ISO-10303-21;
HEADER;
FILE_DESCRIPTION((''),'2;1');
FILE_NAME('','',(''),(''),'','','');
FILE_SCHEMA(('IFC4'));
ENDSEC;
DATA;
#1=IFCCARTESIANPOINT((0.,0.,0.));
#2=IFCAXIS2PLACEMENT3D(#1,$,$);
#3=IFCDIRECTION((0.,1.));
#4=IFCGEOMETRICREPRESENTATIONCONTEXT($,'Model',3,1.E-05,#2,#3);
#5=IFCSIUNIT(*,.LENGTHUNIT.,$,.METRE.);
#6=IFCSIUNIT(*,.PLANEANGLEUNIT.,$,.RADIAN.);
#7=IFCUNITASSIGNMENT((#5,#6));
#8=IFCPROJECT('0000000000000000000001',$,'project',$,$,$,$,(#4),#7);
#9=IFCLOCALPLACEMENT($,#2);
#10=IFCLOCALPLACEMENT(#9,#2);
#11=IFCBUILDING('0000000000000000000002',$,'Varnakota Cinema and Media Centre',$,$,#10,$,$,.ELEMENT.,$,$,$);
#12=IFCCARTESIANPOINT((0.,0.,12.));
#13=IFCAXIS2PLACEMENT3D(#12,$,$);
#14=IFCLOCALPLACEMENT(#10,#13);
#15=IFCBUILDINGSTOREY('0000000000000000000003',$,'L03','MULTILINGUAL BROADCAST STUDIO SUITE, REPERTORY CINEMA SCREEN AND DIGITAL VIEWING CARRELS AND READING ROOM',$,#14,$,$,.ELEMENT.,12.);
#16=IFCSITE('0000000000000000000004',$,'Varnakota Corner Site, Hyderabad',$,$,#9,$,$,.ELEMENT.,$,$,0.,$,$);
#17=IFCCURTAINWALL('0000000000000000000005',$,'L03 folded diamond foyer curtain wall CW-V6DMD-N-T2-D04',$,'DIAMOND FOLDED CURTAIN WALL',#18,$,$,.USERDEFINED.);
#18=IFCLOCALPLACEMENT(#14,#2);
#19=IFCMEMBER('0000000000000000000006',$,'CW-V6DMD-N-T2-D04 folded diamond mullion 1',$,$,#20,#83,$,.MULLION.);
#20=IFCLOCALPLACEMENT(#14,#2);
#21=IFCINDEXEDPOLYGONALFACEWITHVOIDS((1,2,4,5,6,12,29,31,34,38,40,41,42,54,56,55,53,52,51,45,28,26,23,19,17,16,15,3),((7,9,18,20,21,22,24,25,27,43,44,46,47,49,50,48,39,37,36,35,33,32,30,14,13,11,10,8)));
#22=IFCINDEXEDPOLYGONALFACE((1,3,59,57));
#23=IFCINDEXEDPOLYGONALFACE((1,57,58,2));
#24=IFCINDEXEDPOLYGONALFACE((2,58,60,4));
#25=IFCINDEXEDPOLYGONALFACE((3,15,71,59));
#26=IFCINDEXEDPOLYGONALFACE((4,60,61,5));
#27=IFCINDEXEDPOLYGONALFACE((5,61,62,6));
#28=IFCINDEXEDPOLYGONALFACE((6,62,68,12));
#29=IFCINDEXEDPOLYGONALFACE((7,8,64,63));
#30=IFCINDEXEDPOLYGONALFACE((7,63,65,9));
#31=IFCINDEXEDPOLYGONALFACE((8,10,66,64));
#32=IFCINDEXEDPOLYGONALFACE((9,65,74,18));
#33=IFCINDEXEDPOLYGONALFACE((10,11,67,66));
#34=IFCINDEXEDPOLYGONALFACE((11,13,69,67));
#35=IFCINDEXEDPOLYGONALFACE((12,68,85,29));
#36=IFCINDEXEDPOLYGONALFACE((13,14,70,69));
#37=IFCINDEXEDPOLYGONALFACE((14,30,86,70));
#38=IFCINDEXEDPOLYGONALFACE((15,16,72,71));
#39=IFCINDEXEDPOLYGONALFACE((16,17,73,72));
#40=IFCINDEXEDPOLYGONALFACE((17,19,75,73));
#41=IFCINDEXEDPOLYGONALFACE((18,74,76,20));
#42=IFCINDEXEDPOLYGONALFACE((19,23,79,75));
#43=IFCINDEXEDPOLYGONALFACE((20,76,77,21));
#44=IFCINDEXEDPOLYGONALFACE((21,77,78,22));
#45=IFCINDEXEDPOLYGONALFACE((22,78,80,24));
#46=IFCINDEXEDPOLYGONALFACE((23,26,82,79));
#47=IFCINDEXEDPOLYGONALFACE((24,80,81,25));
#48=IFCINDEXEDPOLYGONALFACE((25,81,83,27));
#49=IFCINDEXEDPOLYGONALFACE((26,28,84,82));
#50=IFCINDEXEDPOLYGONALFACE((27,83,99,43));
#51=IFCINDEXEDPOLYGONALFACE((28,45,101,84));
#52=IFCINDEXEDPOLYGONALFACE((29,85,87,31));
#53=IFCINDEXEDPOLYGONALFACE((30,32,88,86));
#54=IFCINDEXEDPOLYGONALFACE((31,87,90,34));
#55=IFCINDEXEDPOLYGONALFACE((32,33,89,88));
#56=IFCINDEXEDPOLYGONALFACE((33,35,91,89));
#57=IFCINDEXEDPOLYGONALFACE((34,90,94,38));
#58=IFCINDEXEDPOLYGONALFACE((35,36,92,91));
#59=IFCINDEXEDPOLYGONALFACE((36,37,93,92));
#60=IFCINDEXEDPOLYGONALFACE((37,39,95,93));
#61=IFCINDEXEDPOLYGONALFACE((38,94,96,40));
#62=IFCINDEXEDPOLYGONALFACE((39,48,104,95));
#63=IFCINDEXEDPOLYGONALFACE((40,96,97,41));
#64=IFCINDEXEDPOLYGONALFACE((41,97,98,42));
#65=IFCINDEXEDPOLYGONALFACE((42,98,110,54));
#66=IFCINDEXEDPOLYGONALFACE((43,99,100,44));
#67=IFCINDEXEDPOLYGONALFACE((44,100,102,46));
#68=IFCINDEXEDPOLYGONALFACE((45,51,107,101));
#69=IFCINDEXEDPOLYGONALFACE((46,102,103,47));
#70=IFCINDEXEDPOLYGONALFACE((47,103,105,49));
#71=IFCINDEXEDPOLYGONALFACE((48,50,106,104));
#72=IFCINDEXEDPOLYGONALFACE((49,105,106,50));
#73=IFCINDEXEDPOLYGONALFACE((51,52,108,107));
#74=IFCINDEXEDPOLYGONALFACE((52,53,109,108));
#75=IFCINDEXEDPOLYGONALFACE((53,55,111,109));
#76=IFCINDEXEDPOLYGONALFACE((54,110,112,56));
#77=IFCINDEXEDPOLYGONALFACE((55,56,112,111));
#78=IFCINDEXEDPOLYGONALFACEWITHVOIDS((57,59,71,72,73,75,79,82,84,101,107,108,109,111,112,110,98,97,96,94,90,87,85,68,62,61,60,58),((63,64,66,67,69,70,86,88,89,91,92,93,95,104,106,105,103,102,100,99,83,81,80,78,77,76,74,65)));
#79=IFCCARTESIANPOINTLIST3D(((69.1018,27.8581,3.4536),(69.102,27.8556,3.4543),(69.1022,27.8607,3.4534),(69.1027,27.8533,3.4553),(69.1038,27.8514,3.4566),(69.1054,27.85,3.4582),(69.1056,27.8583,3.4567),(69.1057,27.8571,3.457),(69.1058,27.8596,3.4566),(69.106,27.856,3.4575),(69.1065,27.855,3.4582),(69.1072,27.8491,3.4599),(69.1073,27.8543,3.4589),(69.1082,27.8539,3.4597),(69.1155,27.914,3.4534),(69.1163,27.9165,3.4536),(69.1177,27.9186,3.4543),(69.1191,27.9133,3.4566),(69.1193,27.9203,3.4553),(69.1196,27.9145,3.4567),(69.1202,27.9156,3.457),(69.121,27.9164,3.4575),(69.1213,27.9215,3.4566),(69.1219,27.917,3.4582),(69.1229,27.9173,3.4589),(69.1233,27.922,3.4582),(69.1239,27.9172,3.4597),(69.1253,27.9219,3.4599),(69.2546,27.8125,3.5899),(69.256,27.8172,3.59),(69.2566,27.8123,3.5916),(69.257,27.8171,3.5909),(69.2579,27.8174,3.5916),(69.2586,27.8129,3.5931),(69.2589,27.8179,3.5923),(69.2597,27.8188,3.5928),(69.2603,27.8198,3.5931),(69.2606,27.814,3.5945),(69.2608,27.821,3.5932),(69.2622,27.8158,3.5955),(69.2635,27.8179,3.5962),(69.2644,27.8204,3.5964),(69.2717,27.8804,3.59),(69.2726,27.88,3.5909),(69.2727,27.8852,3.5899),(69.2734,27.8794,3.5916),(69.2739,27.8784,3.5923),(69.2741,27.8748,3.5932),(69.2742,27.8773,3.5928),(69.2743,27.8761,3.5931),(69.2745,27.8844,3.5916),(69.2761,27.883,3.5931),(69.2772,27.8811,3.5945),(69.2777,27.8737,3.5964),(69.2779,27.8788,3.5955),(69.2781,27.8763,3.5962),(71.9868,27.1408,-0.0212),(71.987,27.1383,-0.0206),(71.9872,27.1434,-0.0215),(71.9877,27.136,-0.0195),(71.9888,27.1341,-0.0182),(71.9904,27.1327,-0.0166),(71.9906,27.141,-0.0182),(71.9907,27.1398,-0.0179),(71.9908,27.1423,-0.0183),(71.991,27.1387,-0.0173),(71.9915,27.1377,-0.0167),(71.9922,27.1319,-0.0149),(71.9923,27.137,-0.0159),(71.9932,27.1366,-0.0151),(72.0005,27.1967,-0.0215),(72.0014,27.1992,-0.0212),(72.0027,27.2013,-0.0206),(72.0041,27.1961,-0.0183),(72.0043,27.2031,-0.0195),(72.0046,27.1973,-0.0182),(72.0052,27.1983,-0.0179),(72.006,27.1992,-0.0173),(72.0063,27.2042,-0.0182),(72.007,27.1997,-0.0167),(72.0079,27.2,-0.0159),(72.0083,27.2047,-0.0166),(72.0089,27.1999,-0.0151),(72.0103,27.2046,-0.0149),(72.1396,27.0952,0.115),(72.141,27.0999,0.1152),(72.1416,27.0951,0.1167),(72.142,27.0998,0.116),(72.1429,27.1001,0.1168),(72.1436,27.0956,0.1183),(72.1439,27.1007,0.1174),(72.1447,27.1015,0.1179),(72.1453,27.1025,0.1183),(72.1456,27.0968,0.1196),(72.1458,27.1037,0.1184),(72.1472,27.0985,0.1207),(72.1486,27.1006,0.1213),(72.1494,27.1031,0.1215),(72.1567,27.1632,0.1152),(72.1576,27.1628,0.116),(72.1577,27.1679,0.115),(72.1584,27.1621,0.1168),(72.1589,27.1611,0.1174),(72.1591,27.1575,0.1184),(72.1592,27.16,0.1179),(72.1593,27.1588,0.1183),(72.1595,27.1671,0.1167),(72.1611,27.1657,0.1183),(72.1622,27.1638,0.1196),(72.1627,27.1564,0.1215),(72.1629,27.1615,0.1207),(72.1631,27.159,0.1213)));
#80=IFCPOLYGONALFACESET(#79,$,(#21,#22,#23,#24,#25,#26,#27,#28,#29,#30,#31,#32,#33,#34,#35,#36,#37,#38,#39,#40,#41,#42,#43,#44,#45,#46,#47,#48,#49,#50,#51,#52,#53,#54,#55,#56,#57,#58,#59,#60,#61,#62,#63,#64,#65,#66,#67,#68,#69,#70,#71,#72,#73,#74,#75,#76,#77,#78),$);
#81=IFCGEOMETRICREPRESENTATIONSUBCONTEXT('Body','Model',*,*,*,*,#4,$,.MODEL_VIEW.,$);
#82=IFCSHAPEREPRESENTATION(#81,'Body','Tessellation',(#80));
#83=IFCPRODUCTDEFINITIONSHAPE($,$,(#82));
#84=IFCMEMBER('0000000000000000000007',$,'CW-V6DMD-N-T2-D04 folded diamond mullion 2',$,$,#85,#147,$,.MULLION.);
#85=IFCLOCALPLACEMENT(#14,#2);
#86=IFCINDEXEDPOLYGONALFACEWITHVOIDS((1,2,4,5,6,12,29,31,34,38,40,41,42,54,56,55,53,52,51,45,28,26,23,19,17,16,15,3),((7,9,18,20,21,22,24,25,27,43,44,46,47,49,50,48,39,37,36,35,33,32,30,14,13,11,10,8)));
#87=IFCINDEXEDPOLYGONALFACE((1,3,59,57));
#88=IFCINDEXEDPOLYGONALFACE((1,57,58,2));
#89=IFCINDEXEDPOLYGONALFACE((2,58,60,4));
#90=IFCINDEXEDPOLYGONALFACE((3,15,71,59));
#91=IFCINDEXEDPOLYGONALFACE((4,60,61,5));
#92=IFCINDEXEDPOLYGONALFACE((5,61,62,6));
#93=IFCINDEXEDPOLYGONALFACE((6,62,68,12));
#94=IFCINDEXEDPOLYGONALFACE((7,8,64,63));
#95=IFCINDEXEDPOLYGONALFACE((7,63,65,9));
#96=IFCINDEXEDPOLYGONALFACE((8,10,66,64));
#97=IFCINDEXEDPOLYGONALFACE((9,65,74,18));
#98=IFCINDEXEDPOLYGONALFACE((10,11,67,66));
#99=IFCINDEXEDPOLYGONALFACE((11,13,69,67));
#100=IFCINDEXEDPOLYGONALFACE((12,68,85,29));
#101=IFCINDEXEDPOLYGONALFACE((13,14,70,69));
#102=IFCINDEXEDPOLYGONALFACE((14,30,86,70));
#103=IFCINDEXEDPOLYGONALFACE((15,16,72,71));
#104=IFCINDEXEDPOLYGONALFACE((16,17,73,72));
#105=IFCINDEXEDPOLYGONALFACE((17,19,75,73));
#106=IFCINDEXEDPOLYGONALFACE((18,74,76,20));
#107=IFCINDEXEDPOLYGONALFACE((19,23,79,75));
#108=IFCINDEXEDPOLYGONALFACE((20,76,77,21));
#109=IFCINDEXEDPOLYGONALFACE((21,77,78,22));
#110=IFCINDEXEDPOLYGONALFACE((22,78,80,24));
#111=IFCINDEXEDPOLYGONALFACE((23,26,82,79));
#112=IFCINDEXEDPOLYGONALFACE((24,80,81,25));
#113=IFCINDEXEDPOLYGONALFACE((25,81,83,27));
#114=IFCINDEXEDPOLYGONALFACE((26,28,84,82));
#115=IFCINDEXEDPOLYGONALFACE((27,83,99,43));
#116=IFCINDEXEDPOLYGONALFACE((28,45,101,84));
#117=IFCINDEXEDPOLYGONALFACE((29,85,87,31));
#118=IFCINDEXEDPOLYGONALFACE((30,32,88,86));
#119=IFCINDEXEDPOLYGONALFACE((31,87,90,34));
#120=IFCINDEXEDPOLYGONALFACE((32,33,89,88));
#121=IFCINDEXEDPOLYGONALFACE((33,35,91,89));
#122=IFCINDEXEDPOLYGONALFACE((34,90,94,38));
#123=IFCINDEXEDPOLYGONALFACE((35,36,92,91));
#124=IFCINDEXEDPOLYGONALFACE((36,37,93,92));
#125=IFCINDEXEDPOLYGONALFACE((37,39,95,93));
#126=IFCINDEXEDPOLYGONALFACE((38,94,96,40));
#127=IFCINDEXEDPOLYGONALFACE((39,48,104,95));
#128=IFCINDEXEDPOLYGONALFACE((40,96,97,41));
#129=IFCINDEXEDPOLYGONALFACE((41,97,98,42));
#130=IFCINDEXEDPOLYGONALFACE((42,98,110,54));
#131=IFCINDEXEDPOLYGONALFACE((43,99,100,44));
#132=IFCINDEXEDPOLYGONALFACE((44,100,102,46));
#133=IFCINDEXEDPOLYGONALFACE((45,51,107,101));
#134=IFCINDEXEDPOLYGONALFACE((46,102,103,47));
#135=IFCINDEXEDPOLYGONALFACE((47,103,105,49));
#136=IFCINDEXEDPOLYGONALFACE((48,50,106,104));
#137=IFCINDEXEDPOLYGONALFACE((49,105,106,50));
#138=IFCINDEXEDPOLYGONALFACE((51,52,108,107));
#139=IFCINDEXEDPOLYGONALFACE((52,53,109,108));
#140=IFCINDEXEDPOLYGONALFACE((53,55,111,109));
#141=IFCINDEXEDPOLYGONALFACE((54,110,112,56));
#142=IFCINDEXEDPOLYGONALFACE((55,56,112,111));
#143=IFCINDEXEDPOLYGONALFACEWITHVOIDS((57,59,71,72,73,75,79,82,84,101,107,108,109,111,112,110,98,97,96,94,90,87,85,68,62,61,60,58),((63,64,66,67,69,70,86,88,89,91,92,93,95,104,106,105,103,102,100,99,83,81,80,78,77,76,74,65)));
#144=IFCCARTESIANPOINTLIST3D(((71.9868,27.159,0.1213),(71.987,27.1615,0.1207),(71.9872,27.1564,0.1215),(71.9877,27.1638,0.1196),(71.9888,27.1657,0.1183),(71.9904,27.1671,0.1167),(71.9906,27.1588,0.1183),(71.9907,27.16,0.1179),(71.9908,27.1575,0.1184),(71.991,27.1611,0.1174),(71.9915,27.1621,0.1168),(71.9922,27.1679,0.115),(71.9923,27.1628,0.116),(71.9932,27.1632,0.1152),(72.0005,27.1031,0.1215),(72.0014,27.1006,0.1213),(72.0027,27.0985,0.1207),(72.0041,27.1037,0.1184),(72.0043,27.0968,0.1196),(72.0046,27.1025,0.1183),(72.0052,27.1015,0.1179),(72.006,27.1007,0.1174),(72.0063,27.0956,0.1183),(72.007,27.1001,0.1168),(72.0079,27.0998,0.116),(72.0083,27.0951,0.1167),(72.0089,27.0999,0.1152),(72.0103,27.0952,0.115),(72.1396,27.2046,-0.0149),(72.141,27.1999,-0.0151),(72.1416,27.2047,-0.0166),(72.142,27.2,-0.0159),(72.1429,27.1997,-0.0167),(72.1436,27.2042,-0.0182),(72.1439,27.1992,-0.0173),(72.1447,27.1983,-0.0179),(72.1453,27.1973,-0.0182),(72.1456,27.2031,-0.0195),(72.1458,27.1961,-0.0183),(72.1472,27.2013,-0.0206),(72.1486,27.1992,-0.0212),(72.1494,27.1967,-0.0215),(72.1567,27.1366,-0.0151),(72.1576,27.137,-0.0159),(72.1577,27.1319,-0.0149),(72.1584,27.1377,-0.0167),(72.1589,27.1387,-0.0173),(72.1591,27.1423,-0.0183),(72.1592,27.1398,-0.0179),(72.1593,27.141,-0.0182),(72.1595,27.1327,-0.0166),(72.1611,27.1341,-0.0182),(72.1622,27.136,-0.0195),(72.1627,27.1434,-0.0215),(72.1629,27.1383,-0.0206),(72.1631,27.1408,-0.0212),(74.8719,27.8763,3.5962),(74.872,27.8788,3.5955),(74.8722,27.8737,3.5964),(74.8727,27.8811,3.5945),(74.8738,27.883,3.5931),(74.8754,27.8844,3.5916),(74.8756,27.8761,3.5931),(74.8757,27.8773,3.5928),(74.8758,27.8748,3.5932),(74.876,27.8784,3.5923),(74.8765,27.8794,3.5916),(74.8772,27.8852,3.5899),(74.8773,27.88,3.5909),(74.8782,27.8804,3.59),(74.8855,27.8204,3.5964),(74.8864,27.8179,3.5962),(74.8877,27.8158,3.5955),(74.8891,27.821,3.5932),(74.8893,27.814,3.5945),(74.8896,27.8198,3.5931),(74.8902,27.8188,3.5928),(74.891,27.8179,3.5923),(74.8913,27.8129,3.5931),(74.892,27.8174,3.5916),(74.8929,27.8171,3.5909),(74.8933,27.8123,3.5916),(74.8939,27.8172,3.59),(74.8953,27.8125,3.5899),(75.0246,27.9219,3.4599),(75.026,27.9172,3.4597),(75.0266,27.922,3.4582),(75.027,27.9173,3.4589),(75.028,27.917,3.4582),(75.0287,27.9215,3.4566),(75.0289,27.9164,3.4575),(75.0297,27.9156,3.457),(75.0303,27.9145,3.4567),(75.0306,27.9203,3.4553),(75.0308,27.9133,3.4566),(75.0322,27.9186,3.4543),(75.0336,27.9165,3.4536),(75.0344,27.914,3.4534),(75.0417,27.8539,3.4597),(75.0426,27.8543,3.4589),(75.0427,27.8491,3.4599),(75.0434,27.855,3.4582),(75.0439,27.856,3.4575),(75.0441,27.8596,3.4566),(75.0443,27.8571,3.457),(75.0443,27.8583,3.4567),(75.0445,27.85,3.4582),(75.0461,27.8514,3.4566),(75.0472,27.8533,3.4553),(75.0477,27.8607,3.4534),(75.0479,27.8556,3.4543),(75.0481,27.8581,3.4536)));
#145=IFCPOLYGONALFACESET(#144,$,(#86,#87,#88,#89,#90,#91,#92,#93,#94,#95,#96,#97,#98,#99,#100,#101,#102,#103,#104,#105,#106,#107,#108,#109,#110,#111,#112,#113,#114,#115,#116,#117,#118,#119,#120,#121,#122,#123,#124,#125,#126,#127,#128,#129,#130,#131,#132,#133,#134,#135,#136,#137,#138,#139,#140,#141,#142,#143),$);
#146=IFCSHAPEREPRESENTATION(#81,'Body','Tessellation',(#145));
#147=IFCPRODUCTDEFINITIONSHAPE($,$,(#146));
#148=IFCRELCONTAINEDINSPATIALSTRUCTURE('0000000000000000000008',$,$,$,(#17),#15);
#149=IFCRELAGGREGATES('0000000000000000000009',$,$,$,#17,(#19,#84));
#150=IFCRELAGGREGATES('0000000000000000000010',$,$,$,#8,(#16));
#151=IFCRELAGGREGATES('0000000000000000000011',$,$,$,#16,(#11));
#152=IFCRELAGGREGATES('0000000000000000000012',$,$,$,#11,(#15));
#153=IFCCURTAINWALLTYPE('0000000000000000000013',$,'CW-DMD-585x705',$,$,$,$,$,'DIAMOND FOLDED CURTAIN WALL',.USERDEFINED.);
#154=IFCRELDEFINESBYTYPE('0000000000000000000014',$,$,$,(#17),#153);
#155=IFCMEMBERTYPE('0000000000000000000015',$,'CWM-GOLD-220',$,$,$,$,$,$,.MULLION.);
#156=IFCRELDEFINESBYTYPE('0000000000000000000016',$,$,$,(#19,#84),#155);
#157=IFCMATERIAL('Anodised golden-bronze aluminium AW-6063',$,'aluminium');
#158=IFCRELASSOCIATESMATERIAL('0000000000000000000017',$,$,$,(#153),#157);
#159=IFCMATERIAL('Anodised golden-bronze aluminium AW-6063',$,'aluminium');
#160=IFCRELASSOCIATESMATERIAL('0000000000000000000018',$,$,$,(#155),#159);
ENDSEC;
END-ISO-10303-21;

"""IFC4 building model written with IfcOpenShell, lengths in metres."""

from ifc_helpers import new_model, si_unit, direction, frame, origin, origin_2d, place, context, subcontext, project, spatial, hollow_rectangle, extrude, material, material_profile, profile_set, type_object, element, aggregate, save


model = new_model("IFC4")

# Units and contexts
model_context = context("Model", 3, precision=1e-05, world=origin(), true_north=direction((0.0, 1.0)))
body_context = subcontext(model_context, "Body", "Model", "MODEL_VIEW")
ifc_project = project(units=[si_unit("LENGTHUNIT", "METRE"), si_unit("PLANEANGLEUNIT", "RADIAN")], contexts=[model_context])

# Site, building, storey
site_placement = place(None, origin())
site = spatial("IfcSite", under=ifc_project, at=site_placement, Name="Varnakota Corner Site, Hyderabad", CompositionType="ELEMENT", RefElevation=0.0)
building_placement = place(site_placement, origin())
building = spatial("IfcBuilding", under=site, at=building_placement, Name="Varnakota Cinema and Media Centre", CompositionType="ELEMENT")
storey_placement = place(building_placement, frame((0.0, 0.0, 12.0)))
storey = spatial("IfcBuildingStorey", under=building, at=storey_placement, Name="L03", Description="MULTILINGUAL BROADCAST STUDIO SUITE, REPERTORY CINEMA SCREEN AND DIGITAL VIEWING CARRELS AND READING ROOM", CompositionType="ELEMENT", Elevation=12.0)

# Curtain wall, members
ifc_material_1 = material(Name="Anodised golden-bronze aluminium AW-6063", Category="aluminium")
curtain_wall_type = type_object("IfcCurtainWallType", Name="CW-DMD-585x705", ElementType="DIAMOND FOLDED CURTAIN WALL", PredefinedType="USERDEFINED", material=ifc_material_1)
curtain_wall_placement = place(storey_placement, origin())
curtain_wall = element("IfcCurtainWall", 1, at=curtain_wall_placement, inside=storey, type_object=curtain_wall_type, Name="L03 folded diamond foyer curtain wall CW-V6DMD-N-T2-D04", ObjectType="DIAMOND FOLDED CURTAIN WALL", PredefinedType="USERDEFINED")
ifc_material_2 = material(Name="Anodised golden-bronze aluminium AW-6063", Category="aluminium")
ifc_material_profile_1 = material_profile(ifc_material_2, hollow_rectangle(XDim=0.075, YDim=0.22, WallThickness=0.0049, InnerFilletRadius=0.0049, OuterFilletRadius=0.01, at=origin_2d()), Name="AL-MULLION 220x75x5")
ifc_profile_set_1 = profile_set([ifc_material_profile_1], Name="Anodised golden-bronze aluminium AW-6063")
member_type_1 = type_object("IfcMemberType", Name="CWM-GOLD-220", PredefinedType="MULLION", material=ifc_profile_set_1)
member_1_placement = place(storey_placement, frame((72.075, 27.1499, 0.05), z_axis=(-0.630878, 0.156852, 0.759862), x_axis=(-0.241279, -0.970456, 0.0)))
member_1 = element("IfcMember", 2, at=member_1_placement, type_object=member_type_1, Name="CW-V6DMD-N-T2-D04 folded diamond mullion 1", PredefinedType="MULLION", context=body_context, shape_type="SweptSolid", body=[
    extrude(hollow_rectangle(XDim=0.075, YDim=0.22, WallThickness=0.0049, InnerFilletRadius=0.0049, OuterFilletRadius=0.01, at=origin_2d()), origin(), (0.0, 0.0, 1.0), 4.573),
])
member_2_placement = place(storey_placement, frame((72.075, 27.1499, 0.05), z_axis=(0.630878, 0.156852, 0.759862), x_axis=(-0.241279, 0.970456, 0.0)))
member_2 = element("IfcMember", 3, at=member_2_placement, type_object=member_type_1, Name="CW-V6DMD-N-T2-D04 folded diamond mullion 2", PredefinedType="MULLION", context=body_context, shape_type="SweptSolid", body=[
    extrude(hollow_rectangle(XDim=0.075, YDim=0.22, WallThickness=0.0049, InnerFilletRadius=0.0049, OuterFilletRadius=0.01, at=origin_2d()), origin(), (0.0, 0.0, 1.0), 4.573),
])

aggregate(curtain_wall, [member_1, member_2])

save(model, "model.ifc")
